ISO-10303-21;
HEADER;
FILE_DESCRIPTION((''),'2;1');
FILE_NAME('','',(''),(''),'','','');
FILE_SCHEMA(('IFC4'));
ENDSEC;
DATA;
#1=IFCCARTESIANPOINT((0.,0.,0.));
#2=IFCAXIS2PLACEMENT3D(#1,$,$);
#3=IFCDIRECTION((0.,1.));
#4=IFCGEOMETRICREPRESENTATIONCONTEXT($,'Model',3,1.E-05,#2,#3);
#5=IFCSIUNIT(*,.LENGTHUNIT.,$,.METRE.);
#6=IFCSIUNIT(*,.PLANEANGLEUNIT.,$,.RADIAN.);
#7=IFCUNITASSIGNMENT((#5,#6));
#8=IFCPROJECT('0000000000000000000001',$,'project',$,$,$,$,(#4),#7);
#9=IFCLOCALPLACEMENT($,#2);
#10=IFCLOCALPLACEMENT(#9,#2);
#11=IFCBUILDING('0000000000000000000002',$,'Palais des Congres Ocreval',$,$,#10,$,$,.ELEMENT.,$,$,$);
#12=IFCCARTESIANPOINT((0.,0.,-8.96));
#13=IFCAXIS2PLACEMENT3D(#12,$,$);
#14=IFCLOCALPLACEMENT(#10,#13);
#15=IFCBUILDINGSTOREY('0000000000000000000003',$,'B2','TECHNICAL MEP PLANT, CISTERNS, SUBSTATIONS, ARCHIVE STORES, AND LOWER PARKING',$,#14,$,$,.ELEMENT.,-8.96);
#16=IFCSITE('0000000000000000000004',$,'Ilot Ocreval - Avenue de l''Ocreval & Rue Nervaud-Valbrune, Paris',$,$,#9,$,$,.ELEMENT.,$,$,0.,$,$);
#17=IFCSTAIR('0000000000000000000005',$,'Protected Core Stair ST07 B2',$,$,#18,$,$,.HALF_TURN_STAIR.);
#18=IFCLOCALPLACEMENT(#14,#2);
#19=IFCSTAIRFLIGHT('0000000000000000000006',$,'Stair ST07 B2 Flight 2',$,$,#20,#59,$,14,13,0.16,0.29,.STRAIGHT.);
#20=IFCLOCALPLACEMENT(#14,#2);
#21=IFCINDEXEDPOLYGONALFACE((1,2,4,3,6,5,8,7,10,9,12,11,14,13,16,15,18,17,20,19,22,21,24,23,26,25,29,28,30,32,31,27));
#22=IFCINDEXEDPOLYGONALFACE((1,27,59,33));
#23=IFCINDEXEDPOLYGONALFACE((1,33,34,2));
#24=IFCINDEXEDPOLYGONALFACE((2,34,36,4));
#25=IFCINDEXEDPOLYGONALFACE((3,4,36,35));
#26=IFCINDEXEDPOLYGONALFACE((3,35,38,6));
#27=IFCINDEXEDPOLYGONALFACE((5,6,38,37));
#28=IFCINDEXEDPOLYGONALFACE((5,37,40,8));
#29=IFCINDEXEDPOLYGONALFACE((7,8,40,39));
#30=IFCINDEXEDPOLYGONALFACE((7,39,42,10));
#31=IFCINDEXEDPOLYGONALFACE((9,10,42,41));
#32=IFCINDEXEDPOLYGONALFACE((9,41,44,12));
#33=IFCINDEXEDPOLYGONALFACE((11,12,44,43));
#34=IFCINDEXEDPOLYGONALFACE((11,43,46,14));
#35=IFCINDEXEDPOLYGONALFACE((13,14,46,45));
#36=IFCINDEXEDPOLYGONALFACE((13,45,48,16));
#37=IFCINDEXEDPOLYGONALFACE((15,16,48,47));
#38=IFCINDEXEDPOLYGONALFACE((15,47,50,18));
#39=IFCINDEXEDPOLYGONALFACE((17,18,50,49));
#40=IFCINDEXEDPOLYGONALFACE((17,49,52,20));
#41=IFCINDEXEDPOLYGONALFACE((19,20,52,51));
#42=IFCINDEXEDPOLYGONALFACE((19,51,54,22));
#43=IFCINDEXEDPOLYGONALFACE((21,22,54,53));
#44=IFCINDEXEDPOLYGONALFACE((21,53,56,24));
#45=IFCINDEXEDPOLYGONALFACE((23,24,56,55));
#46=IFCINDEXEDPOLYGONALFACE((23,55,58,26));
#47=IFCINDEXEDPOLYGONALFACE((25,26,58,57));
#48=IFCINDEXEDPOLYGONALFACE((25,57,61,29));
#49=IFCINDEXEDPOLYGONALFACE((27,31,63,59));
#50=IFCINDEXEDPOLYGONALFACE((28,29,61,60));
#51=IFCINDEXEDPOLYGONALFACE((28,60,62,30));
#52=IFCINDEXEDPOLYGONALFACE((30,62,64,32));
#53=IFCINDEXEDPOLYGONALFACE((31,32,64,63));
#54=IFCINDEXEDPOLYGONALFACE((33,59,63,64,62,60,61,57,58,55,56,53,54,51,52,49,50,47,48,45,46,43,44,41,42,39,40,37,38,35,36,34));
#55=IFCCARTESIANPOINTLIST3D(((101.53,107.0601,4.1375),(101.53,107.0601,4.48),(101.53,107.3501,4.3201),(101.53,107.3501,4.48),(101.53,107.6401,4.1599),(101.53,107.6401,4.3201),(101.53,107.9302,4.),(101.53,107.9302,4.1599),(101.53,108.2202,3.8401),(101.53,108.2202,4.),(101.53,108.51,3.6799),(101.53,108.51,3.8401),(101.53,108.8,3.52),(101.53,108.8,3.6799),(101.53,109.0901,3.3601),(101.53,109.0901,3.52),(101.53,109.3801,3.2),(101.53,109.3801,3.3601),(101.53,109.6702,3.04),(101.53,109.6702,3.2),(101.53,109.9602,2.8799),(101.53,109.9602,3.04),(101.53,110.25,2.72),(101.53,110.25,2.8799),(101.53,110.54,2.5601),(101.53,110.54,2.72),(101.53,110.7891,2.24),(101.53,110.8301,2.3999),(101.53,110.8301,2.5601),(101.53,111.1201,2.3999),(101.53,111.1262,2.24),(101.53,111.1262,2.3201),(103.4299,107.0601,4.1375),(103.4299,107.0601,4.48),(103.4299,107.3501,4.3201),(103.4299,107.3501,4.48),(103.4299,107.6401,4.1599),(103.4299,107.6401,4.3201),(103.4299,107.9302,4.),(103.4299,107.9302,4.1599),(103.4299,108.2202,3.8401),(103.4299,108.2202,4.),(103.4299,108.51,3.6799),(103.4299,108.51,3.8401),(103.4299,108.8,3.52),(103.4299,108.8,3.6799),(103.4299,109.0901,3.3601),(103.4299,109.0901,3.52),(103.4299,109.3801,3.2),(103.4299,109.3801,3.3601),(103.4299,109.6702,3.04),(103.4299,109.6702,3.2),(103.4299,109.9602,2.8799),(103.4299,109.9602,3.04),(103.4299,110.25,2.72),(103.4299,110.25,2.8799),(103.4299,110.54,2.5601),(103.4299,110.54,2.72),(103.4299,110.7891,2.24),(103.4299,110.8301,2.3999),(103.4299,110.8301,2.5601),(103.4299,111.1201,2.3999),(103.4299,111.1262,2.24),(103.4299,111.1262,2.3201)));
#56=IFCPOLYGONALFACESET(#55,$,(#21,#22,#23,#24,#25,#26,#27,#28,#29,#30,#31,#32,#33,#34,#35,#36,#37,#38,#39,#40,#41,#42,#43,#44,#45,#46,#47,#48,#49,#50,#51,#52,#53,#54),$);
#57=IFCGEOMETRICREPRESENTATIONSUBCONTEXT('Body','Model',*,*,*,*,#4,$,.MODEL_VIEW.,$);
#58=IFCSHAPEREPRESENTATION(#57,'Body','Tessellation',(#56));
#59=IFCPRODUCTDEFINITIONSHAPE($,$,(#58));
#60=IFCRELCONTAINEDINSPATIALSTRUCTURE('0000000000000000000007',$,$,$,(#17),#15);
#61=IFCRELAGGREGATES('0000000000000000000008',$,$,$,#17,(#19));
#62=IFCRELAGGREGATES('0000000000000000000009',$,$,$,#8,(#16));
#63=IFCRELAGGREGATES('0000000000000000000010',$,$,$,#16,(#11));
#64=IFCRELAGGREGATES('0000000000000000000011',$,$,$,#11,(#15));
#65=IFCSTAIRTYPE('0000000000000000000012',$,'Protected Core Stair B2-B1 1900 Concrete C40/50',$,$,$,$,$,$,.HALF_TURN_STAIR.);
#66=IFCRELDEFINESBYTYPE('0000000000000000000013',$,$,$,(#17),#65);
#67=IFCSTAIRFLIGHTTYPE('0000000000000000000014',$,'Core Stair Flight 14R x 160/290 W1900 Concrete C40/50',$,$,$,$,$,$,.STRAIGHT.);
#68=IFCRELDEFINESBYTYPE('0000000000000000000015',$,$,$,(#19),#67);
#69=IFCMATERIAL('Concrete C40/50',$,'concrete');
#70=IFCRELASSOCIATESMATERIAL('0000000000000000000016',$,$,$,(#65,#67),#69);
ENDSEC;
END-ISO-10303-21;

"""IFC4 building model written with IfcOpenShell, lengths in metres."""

from ifc_helpers import new_model, si_unit, direction, frame, origin, place, context, subcontext, project, spatial, polyline, outline, extrude, material, type_object, element, aggregate, save


model = new_model("IFC4")

# Units and contexts
model_context = context("Model", 3, precision=1e-05, world=origin(), true_north=direction((0.0, 1.0)))
body_context = subcontext(model_context, "Body", "Model", "MODEL_VIEW")
ifc_project = project(units=[si_unit("LENGTHUNIT", "METRE"), si_unit("PLANEANGLEUNIT", "RADIAN")], contexts=[model_context])

# Site, building, storey
site_placement = place(None, origin())
site = spatial("IfcSite", under=ifc_project, at=site_placement, Name="Ilot Ocreval - Avenue de l'Ocreval & Rue Nervaud-Valbrune, Paris", CompositionType="ELEMENT", RefElevation=0.0)
building_placement = place(site_placement, origin())
building = spatial("IfcBuilding", under=site, at=building_placement, Name="Palais des Congres Ocreval", CompositionType="ELEMENT")
storey_placement = place(building_placement, frame((0.0, 0.0, -8.96)))
storey = spatial("IfcBuildingStorey", under=building, at=storey_placement, Name="B2", Description="TECHNICAL MEP PLANT, CISTERNS, SUBSTATIONS, ARCHIVE STORES, AND LOWER PARKING", CompositionType="ELEMENT", Elevation=-8.96)

# Shared definitions
ifc_material_1 = material(Name="Concrete C40/50", Category="concrete")

# Stair, stair flight
stair_type = type_object("IfcStairType", Name="Protected Core Stair B2-B1 1900 Concrete C40/50", PredefinedType="HALF_TURN_STAIR", material=ifc_material_1)
stair_placement = place(storey_placement, origin())
stair = element("IfcStair", 1, at=stair_placement, inside=storey, type_object=stair_type, Name="Protected Core Stair ST07 B2", PredefinedType="HALF_TURN_STAIR")
stair_flight_type = type_object("IfcStairFlightType", Name="Core Stair Flight 14R x 160/290 W1900 Concrete C40/50", PredefinedType="STRAIGHT", material=ifc_material_1)
stair_flight_1_placement = place(storey_placement, frame((102.48, 111.1201, 2.24), z_axis=(0.0, 0.0, 1.0), x_axis=(0.0, -1.0, 0.0)))
stair_flight_1 = element("IfcStairFlight", 2, at=stair_flight_1_placement, type_object=stair_flight_type, Name="Stair ST07 B2 Flight 2", NumberOfRisers=14, NumberOfTreads=13, PredefinedType="STRAIGHT", RiserHeight=0.16, TreadLength=0.29, context=body_context, shape_type="SweptSolid", body=[
    extrude(outline(polyline([(-0.0061, 0.0), (-0.0061, 0.0801), (0.0, 0.1599), (0.29, 0.1599), (0.29, 0.3201), (0.5801, 0.3201), (0.5801, 0.48), (0.8701, 0.48), (0.8701, 0.6399), (1.1599, 0.6399), (1.1599, 0.8), (1.45, 0.8), (1.45, 0.96), (1.74, 0.96), (1.74, 1.1201), (2.03, 1.1201), (2.03, 1.28), (2.3201, 1.28), (2.3201, 1.4399), (2.6101, 1.4399), (2.6101, 1.6001), (2.8999, 1.6001), (2.8999, 1.76), (3.1899, 1.76), (3.1899, 1.9199), (3.48, 1.9199), (3.48, 2.0801), (3.77, 2.0801), (3.77, 2.24), (4.0601, 2.24), (4.0601, 1.8975), (0.3311, 0.0), (-0.0061, 0.0)])), frame((0.0, 0.95, 0.0), z_axis=(0.0, -1.0, 0.0), x_axis=(1.0, 0.0, 0.0)), (0.0, 0.0, 1.0), 1.8999),
])
aggregate(stair, [stair_flight_1])

save(model, "model.ifc")
